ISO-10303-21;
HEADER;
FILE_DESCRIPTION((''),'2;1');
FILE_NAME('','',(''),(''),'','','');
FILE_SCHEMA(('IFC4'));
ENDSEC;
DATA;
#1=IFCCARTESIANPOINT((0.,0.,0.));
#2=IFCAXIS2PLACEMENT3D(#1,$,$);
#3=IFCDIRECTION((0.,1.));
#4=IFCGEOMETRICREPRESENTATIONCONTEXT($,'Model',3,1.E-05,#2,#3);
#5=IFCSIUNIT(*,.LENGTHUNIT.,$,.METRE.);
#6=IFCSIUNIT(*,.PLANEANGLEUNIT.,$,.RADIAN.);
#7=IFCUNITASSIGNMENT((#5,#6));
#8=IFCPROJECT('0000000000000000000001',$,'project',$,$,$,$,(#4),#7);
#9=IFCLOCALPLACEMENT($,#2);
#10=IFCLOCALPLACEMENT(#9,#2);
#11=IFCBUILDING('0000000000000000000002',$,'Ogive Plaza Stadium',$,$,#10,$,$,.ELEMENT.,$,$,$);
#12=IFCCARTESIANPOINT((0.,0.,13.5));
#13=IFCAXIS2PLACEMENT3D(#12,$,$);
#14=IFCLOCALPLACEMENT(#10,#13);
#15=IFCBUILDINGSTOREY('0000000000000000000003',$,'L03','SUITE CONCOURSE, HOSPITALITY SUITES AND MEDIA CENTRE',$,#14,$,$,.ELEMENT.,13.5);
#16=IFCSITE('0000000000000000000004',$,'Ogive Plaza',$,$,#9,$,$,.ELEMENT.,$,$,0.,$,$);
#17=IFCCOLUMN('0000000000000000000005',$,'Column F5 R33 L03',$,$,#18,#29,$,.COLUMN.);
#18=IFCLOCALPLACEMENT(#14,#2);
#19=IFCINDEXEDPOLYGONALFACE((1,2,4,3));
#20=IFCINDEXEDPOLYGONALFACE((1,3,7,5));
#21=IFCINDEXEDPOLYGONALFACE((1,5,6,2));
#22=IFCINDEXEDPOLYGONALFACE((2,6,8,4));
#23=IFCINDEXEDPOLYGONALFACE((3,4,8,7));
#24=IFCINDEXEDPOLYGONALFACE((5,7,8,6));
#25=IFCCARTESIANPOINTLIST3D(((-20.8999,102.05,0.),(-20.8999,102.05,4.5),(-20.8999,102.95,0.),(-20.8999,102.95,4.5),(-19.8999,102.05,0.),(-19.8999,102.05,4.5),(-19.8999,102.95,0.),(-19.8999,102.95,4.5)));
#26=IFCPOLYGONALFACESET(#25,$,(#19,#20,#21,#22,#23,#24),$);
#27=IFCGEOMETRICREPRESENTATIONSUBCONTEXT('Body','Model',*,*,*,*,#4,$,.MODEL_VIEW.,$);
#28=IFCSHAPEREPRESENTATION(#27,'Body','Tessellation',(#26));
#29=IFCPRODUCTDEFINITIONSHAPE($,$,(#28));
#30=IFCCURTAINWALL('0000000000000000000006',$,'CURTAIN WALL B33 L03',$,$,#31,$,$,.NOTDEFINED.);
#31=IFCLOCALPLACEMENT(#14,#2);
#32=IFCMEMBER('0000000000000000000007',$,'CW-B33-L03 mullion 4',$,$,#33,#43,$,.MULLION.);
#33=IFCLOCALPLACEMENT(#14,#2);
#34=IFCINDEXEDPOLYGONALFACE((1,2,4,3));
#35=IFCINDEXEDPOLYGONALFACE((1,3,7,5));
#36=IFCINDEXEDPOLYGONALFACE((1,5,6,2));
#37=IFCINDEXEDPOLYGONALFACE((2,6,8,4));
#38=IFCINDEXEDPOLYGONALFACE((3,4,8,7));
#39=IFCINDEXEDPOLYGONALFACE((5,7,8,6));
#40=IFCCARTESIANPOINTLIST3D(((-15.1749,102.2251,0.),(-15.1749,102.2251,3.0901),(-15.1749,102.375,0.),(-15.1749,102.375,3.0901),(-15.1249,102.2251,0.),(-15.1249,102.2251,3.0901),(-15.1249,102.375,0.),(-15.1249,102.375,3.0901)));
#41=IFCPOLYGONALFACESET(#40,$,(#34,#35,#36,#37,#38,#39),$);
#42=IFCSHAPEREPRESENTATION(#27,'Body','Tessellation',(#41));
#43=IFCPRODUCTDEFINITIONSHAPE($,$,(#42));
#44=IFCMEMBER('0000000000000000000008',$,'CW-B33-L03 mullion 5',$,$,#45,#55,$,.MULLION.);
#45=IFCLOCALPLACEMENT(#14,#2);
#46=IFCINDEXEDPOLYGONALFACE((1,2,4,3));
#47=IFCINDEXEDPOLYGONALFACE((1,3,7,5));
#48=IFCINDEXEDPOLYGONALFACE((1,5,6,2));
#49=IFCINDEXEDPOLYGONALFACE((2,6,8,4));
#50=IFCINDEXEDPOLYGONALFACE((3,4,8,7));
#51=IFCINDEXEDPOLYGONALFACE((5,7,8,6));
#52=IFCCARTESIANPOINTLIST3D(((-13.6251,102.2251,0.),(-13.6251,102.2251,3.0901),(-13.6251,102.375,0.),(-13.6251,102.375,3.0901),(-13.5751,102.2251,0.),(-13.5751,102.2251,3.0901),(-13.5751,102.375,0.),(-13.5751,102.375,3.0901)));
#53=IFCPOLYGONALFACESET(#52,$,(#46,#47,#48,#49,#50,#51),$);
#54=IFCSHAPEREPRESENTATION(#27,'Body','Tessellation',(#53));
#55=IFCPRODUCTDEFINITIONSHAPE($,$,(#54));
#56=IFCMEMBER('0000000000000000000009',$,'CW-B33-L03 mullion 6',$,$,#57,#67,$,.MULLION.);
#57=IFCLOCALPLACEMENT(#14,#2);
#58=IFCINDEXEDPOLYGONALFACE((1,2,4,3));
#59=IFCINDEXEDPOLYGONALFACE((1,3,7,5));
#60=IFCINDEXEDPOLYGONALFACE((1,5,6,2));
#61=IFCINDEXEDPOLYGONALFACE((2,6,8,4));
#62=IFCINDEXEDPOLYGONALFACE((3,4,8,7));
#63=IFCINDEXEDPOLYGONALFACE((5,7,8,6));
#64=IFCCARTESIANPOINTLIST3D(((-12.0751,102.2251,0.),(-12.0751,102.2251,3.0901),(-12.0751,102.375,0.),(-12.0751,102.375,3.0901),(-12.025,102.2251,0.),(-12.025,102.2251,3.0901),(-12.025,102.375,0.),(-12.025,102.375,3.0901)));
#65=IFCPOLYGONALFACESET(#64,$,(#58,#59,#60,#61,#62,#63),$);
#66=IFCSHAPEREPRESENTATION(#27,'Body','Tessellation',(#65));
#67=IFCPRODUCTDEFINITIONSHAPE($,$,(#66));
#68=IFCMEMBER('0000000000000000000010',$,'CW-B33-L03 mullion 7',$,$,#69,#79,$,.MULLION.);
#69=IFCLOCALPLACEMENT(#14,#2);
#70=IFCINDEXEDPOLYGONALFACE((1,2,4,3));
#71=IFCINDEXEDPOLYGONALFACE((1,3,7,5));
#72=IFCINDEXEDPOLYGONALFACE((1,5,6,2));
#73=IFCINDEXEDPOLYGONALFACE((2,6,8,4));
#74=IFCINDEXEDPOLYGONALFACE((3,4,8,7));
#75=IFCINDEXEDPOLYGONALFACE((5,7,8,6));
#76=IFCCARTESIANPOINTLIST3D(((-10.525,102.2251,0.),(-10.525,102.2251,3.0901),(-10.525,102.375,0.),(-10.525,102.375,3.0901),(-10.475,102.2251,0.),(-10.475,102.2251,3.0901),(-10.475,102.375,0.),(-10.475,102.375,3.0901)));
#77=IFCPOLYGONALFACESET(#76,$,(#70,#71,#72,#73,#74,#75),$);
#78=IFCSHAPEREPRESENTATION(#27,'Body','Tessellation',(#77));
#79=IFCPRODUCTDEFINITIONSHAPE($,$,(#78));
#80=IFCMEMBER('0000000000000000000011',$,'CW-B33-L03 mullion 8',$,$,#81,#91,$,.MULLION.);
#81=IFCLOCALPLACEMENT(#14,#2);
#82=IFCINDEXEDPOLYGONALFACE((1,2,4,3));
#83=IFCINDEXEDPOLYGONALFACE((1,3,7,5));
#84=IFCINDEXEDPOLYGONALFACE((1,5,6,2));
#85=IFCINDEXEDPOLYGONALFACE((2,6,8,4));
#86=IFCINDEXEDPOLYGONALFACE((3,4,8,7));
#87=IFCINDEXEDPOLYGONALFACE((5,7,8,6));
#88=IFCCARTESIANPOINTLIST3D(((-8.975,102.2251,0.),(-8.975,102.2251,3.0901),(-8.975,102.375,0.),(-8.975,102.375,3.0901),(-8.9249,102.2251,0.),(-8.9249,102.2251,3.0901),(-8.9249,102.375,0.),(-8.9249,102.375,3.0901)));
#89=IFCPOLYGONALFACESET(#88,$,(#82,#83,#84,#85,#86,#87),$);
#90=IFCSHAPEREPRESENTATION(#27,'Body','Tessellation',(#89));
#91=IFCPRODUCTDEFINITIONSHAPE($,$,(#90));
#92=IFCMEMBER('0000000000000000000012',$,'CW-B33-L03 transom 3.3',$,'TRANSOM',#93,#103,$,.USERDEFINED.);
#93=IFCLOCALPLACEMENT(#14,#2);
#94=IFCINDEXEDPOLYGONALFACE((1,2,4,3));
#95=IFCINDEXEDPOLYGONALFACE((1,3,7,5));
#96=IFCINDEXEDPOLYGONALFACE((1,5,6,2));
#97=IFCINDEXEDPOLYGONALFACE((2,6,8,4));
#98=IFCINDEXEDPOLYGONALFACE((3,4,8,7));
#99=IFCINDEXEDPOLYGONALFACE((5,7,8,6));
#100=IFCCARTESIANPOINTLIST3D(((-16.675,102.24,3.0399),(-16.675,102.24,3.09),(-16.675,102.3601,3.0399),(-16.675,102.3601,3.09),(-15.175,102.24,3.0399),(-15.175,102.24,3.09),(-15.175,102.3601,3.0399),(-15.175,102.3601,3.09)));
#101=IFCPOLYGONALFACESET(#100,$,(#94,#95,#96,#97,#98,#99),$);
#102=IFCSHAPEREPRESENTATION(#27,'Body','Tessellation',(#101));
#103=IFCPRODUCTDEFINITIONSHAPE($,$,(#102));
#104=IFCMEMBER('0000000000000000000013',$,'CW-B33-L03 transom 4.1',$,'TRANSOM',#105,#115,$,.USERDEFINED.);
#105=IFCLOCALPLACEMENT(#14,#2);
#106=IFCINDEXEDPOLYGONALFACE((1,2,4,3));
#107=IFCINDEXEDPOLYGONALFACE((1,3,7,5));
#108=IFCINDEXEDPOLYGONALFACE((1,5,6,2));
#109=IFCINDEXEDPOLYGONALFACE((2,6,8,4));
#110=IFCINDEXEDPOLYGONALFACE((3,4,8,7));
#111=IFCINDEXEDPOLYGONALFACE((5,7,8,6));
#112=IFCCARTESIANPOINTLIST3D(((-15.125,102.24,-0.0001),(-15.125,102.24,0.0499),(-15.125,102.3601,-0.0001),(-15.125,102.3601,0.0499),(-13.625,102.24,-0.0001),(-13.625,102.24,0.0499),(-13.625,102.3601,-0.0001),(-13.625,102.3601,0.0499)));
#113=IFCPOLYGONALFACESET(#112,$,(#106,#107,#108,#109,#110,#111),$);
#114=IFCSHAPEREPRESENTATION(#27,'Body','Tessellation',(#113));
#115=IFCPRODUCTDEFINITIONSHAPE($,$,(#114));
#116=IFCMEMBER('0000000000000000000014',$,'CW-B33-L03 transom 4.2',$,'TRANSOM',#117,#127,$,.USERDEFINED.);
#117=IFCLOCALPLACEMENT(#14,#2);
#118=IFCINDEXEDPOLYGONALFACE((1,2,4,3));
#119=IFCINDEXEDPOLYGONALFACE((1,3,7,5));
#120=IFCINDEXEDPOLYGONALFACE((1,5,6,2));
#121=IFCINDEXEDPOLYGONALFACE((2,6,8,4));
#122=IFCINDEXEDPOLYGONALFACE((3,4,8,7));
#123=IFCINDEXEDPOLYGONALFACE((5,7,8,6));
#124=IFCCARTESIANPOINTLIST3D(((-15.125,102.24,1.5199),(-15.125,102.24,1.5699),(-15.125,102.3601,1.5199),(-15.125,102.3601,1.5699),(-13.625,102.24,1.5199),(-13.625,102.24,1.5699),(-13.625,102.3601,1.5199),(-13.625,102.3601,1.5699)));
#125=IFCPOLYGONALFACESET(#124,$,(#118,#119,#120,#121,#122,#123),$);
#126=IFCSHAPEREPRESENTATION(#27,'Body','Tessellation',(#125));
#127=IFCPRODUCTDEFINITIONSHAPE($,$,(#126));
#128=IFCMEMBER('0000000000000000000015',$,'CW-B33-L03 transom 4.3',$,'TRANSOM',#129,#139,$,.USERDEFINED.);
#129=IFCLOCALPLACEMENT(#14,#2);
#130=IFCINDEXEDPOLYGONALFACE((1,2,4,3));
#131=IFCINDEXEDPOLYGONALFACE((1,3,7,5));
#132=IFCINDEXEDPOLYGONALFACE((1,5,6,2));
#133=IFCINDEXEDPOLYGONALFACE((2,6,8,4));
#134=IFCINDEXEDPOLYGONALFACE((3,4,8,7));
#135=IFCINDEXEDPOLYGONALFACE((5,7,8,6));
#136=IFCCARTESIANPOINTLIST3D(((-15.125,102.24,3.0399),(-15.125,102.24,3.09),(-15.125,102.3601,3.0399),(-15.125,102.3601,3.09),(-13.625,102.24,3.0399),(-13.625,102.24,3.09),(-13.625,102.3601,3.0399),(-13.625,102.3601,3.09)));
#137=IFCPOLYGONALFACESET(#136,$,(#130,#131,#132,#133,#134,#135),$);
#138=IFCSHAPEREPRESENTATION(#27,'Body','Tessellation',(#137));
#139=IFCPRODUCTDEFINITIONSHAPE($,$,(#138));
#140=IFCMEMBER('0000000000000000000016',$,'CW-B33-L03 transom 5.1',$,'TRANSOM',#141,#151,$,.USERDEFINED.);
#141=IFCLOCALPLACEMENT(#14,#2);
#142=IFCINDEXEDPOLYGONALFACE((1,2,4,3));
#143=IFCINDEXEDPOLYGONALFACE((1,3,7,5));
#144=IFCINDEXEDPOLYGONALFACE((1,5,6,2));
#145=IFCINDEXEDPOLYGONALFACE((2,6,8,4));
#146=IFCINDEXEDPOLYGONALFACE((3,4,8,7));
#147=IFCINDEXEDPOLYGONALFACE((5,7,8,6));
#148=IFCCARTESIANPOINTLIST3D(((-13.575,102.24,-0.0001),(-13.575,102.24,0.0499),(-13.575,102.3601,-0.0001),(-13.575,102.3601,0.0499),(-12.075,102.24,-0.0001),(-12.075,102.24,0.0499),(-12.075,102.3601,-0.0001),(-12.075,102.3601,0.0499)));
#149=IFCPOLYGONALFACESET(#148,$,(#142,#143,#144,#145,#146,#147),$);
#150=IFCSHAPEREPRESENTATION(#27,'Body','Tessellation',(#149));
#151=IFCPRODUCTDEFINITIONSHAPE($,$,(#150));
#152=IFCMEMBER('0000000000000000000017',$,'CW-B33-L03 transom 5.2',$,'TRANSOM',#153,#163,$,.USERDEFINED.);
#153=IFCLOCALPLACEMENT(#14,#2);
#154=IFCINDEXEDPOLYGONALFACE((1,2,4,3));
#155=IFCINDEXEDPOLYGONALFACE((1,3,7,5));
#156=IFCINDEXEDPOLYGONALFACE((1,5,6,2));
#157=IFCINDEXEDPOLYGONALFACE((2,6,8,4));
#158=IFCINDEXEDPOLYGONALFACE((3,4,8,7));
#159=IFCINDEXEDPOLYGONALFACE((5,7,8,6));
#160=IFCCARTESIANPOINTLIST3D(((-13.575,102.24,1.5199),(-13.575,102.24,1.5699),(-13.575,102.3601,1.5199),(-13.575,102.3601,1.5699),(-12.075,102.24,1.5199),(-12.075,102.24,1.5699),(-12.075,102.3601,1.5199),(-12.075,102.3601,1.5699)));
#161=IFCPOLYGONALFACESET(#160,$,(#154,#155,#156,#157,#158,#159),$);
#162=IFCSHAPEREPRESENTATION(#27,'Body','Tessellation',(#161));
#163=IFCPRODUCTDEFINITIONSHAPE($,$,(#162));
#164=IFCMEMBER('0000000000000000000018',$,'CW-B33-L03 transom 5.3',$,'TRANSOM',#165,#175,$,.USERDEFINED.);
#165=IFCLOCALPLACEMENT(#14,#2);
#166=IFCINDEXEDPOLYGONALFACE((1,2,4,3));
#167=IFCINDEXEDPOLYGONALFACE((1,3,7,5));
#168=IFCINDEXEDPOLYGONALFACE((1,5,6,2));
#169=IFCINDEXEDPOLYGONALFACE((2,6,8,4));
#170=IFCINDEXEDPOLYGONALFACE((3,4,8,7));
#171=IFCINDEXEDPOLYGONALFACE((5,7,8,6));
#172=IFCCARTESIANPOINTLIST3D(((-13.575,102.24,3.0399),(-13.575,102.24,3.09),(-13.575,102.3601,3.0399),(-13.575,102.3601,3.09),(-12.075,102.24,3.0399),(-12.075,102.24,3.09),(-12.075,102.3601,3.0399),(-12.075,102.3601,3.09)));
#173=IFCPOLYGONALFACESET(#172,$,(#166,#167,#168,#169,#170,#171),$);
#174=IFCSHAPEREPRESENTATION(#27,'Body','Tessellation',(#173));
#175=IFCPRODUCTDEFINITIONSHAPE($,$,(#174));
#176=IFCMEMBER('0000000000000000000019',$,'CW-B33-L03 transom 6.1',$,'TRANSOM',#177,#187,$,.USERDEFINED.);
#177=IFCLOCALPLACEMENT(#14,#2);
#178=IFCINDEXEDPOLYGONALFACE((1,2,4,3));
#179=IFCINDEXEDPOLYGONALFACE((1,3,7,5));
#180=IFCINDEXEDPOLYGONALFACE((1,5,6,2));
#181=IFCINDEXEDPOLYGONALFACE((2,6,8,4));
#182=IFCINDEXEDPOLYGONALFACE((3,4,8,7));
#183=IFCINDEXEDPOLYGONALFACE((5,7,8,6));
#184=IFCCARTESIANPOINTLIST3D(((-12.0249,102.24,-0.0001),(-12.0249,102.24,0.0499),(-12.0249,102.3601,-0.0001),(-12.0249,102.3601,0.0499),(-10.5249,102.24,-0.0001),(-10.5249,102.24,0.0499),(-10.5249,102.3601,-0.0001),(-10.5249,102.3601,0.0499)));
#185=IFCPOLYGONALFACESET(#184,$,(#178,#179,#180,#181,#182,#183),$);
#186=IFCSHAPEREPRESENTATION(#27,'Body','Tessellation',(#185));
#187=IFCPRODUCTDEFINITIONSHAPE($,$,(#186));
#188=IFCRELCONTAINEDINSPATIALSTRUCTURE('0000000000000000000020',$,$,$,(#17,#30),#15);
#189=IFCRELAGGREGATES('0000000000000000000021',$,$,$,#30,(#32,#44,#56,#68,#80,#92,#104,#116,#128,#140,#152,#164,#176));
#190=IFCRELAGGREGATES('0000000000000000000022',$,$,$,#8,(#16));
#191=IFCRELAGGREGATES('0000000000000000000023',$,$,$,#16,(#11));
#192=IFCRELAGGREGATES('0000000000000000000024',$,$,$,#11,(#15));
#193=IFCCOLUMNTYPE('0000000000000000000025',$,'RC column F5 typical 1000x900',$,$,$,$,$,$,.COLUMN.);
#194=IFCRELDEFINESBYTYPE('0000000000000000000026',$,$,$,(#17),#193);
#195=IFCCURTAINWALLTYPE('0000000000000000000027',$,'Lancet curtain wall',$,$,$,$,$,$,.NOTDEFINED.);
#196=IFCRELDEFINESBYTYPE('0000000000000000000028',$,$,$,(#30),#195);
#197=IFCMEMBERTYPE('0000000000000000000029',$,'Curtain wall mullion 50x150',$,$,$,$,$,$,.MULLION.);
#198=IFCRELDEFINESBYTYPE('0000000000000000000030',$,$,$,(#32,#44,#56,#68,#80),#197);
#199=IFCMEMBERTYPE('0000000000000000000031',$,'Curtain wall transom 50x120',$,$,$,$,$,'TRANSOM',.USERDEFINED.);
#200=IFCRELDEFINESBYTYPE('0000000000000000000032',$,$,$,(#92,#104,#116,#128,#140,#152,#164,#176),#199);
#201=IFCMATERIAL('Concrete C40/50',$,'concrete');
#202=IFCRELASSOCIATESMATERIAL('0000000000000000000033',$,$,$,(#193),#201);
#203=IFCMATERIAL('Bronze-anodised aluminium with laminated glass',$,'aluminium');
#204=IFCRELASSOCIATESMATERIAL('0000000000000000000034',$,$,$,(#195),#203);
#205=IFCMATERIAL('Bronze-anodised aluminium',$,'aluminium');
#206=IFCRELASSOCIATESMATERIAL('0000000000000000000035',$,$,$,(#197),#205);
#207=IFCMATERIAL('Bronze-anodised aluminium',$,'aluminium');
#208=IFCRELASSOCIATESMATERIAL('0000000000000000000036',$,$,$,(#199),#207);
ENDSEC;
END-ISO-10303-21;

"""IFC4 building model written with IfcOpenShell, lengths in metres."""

from ifc_helpers import new_model, si_unit, direction, frame, origin, origin_2d, place, context, subcontext, project, spatial, rectangle, extrude, material, material_profile, profile_set, type_object, element, aggregate, save


model = new_model("IFC4")

# Units and contexts
model_context = context("Model", 3, precision=1e-05, world=origin(), true_north=direction((0.0, 1.0)))
body_context = subcontext(model_context, "Body", "Model", "MODEL_VIEW")
ifc_project = project(units=[si_unit("LENGTHUNIT", "METRE"), si_unit("PLANEANGLEUNIT", "RADIAN")], contexts=[model_context])

# Site, building, storey
site_placement = place(None, origin())
site = spatial("IfcSite", under=ifc_project, at=site_placement, Name="Ogive Plaza", CompositionType="ELEMENT", RefElevation=0.0)
building_placement = place(site_placement, origin())
building = spatial("IfcBuilding", under=site, at=building_placement, Name="Ogive Plaza Stadium", CompositionType="ELEMENT")
storey_placement = place(building_placement, frame((0.0, 0.0, 13.5)))
storey = spatial("IfcBuildingStorey", under=building, at=storey_placement, Name="L03", Description="SUITE CONCOURSE, HOSPITALITY SUITES AND MEDIA CENTRE", CompositionType="ELEMENT", Elevation=13.5)

# Column
ifc_material_1 = material(Name="Concrete C40/50", Category="concrete")
ifc_material_profile_1 = material_profile(ifc_material_1, rectangle(XDim=1.0, YDim=0.8999, at=origin_2d()), Name="RC 1000x900")
ifc_profile_set_1 = profile_set([ifc_material_profile_1], Name="Concrete C40/50")
column_type = type_object("IfcColumnType", Name="RC column F5 typical 1000x900", PredefinedType="COLUMN", material=ifc_profile_set_1)
column_placement = place(storey_placement, frame((-20.3999, 102.5, 0.0), z_axis=(0.0, 0.0, 1.0), x_axis=(-1.0, 0.0, 0.0)))
element("IfcColumn", 1, at=column_placement, inside=storey, type_object=column_type, Name="Column F5 R33 L03", PredefinedType="COLUMN", context=body_context, shape_type="SweptSolid", body=[
    extrude(rectangle(XDim=1.0, YDim=0.8999, at=origin_2d()), origin(), (0.0, 0.0, 1.0), 4.5),
])

# Curtain wall, members
ifc_material_2 = material(Name="Bronze-anodised aluminium with laminated glass", Category="aluminium")
curtain_wall_type = type_object("IfcCurtainWallType", Name="Lancet curtain wall", PredefinedType="NOTDEFINED", material=ifc_material_2)
curtain_wall_placement = place(storey_placement, origin())
curtain_wall = element("IfcCurtainWall", 2, at=curtain_wall_placement, inside=storey, type_object=curtain_wall_type, Name="CURTAIN WALL B33 L03", PredefinedType="NOTDEFINED")
ifc_material_3 = material(Name="Bronze-anodised aluminium", Category="aluminium")
ifc_material_profile_2 = material_profile(ifc_material_3, rectangle(XDim=0.1499, YDim=0.05, at=origin_2d()), Name="AL 150x50")
ifc_profile_set_2 = profile_set([ifc_material_profile_2], Name="Bronze-anodised aluminium")
member_type_1 = type_object("IfcMemberType", Name="Curtain wall mullion 50x150", PredefinedType="MULLION", material=ifc_profile_set_2)
member_1_placement = place(storey_placement, frame((-15.1499, 102.3, 0.0), z_axis=(0.0, 0.0, 1.0), x_axis=(0.0, 1.0, 0.0)))
member_1 = element("IfcMember", 3, at=member_1_placement, type_object=member_type_1, Name="CW-B33-L03 mullion 4", PredefinedType="MULLION", context=body_context, shape_type="SweptSolid", body=[
    extrude(rectangle(XDim=0.1499, YDim=0.05, at=origin_2d()), origin(), (0.0, 0.0, 1.0), 3.0901),
])
member_2_placement = place(storey_placement, frame((-13.6001, 102.3, 0.0), z_axis=(0.0, 0.0, 1.0), x_axis=(0.0, 1.0, 0.0)))
member_2 = element("IfcMember", 4, at=member_2_placement, type_object=member_type_1, Name="CW-B33-L03 mullion 5", PredefinedType="MULLION", context=body_context, shape_type="SweptSolid", body=[
    extrude(rectangle(XDim=0.1499, YDim=0.05, at=origin_2d()), origin(), (0.0, 0.0, 1.0), 3.0901),
])
member_3_placement = place(storey_placement, frame((-12.05, 102.3, 0.0), z_axis=(0.0, 0.0, 1.0), x_axis=(0.0, 1.0, 0.0)))
member_3 = element("IfcMember", 5, at=member_3_placement, type_object=member_type_1, Name="CW-B33-L03 mullion 6", PredefinedType="MULLION", context=body_context, shape_type="SweptSolid", body=[
    extrude(rectangle(XDim=0.1499, YDim=0.05, at=origin_2d()), origin(), (0.0, 0.0, 1.0), 3.0901),
])
member_4_placement = place(storey_placement, frame((-10.5, 102.3, 0.0), z_axis=(0.0, 0.0, 1.0), x_axis=(0.0, 1.0, 0.0)))
member_4 = element("IfcMember", 6, at=member_4_placement, type_object=member_type_1, Name="CW-B33-L03 mullion 7", PredefinedType="MULLION", context=body_context, shape_type="SweptSolid", body=[
    extrude(rectangle(XDim=0.1499, YDim=0.05, at=origin_2d()), origin(), (0.0, 0.0, 1.0), 3.0901),
])
member_5_placement = place(storey_placement, frame((-8.95, 102.3, 0.0), z_axis=(0.0, 0.0, 1.0), x_axis=(0.0, 1.0, 0.0)))
member_5 = element("IfcMember", 7, at=member_5_placement, type_object=member_type_1, Name="CW-B33-L03 mullion 8", PredefinedType="MULLION", context=body_context, shape_type="SweptSolid", body=[
    extrude(rectangle(XDim=0.1499, YDim=0.05, at=origin_2d()), origin(), (0.0, 0.0, 1.0), 3.0901),
])
ifc_material_4 = material(Name="Bronze-anodised aluminium", Category="aluminium")
ifc_material_profile_3 = material_profile(ifc_material_4, rectangle(XDim=0.1201, YDim=0.05, at=origin_2d()), Name="AL 120x50")
ifc_profile_set_3 = profile_set([ifc_material_profile_3], Name="Bronze-anodised aluminium")
member_type_2 = type_object("IfcMemberType", Name="Curtain wall transom 50x120", ElementType="TRANSOM", PredefinedType="USERDEFINED", material=ifc_profile_set_3)
member_6_placement = place(storey_placement, frame((-16.675, 102.3, 3.0649), z_axis=(1.0, 0.0, 0.0), x_axis=(0.0, 1.0, 0.0)))
member_6 = element("IfcMember", 8, at=member_6_placement, type_object=member_type_2, Name="CW-B33-L03 transom 3.3", ObjectType="TRANSOM", PredefinedType="USERDEFINED", context=body_context, shape_type="SweptSolid", body=[
    extrude(rectangle(XDim=0.1201, YDim=0.05, at=origin_2d()), origin(), (0.0, 0.0, 1.0), 1.5),
])
member_7_placement = place(storey_placement, frame((-15.125, 102.3, 0.0249), z_axis=(1.0, 0.0, 0.0), x_axis=(0.0, 1.0, 0.0)))
member_7 = element("IfcMember", 9, at=member_7_placement, type_object=member_type_2, Name="CW-B33-L03 transom 4.1", ObjectType="TRANSOM", PredefinedType="USERDEFINED", context=body_context, shape_type="SweptSolid", body=[
    extrude(rectangle(XDim=0.1201, YDim=0.05, at=origin_2d()), origin(), (0.0, 0.0, 1.0), 1.5),
])
member_8_placement = place(storey_placement, frame((-15.125, 102.3, 1.5449), z_axis=(1.0, 0.0, 0.0), x_axis=(0.0, 1.0, 0.0)))
member_8 = element("IfcMember", 10, at=member_8_placement, type_object=member_type_2, Name="CW-B33-L03 transom 4.2", ObjectType="TRANSOM", PredefinedType="USERDEFINED", context=body_context, shape_type="SweptSolid", body=[
    extrude(rectangle(XDim=0.1201, YDim=0.05, at=origin_2d()), origin(), (0.0, 0.0, 1.0), 1.5),
])
member_9_placement = place(storey_placement, frame((-15.125, 102.3, 3.0649), z_axis=(1.0, 0.0, 0.0), x_axis=(0.0, 1.0, 0.0)))
member_9 = element("IfcMember", 11, at=member_9_placement, type_object=member_type_2, Name="CW-B33-L03 transom 4.3", ObjectType="TRANSOM", PredefinedType="USERDEFINED", context=body_context, shape_type="SweptSolid", body=[
    extrude(rectangle(XDim=0.1201, YDim=0.05, at=origin_2d()), origin(), (0.0, 0.0, 1.0), 1.5),
])
member_10_placement = place(storey_placement, frame((-13.575, 102.3, 0.0249), z_axis=(1.0, 0.0, 0.0), x_axis=(0.0, 1.0, 0.0)))
member_10 = element("IfcMember", 12, at=member_10_placement, type_object=member_type_2, Name="CW-B33-L03 transom 5.1", ObjectType="TRANSOM", PredefinedType="USERDEFINED", context=body_context, shape_type="SweptSolid", body=[
    extrude(rectangle(XDim=0.1201, YDim=0.05, at=origin_2d()), origin(), (0.0, 0.0, 1.0), 1.5),
])
member_11_placement = place(storey_placement, frame((-13.575, 102.3, 1.5449), z_axis=(1.0, 0.0, 0.0), x_axis=(0.0, 1.0, 0.0)))
member_11 = element("IfcMember", 13, at=member_11_placement, type_object=member_type_2, Name="CW-B33-L03 transom 5.2", ObjectType="TRANSOM", PredefinedType="USERDEFINED", context=body_context, shape_type="SweptSolid", body=[
    extrude(rectangle(XDim=0.1201, YDim=0.05, at=origin_2d()), origin(), (0.0, 0.0, 1.0), 1.5),
])
member_12_placement = place(storey_placement, frame((-13.575, 102.3, 3.0649), z_axis=(1.0, 0.0, 0.0), x_axis=(0.0, 1.0, 0.0)))
member_12 = element("IfcMember", 14, at=member_12_placement, type_object=member_type_2, Name="CW-B33-L03 transom 5.3", ObjectType="TRANSOM", PredefinedType="USERDEFINED", context=body_context, shape_type="SweptSolid", body=[
    extrude(rectangle(XDim=0.1201, YDim=0.05, at=origin_2d()), origin(), (0.0, 0.0, 1.0), 1.5),
])
member_13_placement = place(storey_placement, frame((-12.0249, 102.3, 0.0249), z_axis=(1.0, 0.0, 0.0), x_axis=(0.0, 1.0, 0.0)))
member_13 = element("IfcMember", 15, at=member_13_placement, type_object=member_type_2, Name="CW-B33-L03 transom 6.1", ObjectType="TRANSOM", PredefinedType="USERDEFINED", context=body_context, shape_type="SweptSolid", body=[
    extrude(rectangle(XDim=0.1201, YDim=0.05, at=origin_2d()), origin(), (0.0, 0.0, 1.0), 1.5),
])

aggregate(curtain_wall, [member_1, member_2, member_3, member_4, member_5, member_6, member_7, member_8, member_9, member_10, member_11, member_12, member_13])

save(model, "model.ifc")
